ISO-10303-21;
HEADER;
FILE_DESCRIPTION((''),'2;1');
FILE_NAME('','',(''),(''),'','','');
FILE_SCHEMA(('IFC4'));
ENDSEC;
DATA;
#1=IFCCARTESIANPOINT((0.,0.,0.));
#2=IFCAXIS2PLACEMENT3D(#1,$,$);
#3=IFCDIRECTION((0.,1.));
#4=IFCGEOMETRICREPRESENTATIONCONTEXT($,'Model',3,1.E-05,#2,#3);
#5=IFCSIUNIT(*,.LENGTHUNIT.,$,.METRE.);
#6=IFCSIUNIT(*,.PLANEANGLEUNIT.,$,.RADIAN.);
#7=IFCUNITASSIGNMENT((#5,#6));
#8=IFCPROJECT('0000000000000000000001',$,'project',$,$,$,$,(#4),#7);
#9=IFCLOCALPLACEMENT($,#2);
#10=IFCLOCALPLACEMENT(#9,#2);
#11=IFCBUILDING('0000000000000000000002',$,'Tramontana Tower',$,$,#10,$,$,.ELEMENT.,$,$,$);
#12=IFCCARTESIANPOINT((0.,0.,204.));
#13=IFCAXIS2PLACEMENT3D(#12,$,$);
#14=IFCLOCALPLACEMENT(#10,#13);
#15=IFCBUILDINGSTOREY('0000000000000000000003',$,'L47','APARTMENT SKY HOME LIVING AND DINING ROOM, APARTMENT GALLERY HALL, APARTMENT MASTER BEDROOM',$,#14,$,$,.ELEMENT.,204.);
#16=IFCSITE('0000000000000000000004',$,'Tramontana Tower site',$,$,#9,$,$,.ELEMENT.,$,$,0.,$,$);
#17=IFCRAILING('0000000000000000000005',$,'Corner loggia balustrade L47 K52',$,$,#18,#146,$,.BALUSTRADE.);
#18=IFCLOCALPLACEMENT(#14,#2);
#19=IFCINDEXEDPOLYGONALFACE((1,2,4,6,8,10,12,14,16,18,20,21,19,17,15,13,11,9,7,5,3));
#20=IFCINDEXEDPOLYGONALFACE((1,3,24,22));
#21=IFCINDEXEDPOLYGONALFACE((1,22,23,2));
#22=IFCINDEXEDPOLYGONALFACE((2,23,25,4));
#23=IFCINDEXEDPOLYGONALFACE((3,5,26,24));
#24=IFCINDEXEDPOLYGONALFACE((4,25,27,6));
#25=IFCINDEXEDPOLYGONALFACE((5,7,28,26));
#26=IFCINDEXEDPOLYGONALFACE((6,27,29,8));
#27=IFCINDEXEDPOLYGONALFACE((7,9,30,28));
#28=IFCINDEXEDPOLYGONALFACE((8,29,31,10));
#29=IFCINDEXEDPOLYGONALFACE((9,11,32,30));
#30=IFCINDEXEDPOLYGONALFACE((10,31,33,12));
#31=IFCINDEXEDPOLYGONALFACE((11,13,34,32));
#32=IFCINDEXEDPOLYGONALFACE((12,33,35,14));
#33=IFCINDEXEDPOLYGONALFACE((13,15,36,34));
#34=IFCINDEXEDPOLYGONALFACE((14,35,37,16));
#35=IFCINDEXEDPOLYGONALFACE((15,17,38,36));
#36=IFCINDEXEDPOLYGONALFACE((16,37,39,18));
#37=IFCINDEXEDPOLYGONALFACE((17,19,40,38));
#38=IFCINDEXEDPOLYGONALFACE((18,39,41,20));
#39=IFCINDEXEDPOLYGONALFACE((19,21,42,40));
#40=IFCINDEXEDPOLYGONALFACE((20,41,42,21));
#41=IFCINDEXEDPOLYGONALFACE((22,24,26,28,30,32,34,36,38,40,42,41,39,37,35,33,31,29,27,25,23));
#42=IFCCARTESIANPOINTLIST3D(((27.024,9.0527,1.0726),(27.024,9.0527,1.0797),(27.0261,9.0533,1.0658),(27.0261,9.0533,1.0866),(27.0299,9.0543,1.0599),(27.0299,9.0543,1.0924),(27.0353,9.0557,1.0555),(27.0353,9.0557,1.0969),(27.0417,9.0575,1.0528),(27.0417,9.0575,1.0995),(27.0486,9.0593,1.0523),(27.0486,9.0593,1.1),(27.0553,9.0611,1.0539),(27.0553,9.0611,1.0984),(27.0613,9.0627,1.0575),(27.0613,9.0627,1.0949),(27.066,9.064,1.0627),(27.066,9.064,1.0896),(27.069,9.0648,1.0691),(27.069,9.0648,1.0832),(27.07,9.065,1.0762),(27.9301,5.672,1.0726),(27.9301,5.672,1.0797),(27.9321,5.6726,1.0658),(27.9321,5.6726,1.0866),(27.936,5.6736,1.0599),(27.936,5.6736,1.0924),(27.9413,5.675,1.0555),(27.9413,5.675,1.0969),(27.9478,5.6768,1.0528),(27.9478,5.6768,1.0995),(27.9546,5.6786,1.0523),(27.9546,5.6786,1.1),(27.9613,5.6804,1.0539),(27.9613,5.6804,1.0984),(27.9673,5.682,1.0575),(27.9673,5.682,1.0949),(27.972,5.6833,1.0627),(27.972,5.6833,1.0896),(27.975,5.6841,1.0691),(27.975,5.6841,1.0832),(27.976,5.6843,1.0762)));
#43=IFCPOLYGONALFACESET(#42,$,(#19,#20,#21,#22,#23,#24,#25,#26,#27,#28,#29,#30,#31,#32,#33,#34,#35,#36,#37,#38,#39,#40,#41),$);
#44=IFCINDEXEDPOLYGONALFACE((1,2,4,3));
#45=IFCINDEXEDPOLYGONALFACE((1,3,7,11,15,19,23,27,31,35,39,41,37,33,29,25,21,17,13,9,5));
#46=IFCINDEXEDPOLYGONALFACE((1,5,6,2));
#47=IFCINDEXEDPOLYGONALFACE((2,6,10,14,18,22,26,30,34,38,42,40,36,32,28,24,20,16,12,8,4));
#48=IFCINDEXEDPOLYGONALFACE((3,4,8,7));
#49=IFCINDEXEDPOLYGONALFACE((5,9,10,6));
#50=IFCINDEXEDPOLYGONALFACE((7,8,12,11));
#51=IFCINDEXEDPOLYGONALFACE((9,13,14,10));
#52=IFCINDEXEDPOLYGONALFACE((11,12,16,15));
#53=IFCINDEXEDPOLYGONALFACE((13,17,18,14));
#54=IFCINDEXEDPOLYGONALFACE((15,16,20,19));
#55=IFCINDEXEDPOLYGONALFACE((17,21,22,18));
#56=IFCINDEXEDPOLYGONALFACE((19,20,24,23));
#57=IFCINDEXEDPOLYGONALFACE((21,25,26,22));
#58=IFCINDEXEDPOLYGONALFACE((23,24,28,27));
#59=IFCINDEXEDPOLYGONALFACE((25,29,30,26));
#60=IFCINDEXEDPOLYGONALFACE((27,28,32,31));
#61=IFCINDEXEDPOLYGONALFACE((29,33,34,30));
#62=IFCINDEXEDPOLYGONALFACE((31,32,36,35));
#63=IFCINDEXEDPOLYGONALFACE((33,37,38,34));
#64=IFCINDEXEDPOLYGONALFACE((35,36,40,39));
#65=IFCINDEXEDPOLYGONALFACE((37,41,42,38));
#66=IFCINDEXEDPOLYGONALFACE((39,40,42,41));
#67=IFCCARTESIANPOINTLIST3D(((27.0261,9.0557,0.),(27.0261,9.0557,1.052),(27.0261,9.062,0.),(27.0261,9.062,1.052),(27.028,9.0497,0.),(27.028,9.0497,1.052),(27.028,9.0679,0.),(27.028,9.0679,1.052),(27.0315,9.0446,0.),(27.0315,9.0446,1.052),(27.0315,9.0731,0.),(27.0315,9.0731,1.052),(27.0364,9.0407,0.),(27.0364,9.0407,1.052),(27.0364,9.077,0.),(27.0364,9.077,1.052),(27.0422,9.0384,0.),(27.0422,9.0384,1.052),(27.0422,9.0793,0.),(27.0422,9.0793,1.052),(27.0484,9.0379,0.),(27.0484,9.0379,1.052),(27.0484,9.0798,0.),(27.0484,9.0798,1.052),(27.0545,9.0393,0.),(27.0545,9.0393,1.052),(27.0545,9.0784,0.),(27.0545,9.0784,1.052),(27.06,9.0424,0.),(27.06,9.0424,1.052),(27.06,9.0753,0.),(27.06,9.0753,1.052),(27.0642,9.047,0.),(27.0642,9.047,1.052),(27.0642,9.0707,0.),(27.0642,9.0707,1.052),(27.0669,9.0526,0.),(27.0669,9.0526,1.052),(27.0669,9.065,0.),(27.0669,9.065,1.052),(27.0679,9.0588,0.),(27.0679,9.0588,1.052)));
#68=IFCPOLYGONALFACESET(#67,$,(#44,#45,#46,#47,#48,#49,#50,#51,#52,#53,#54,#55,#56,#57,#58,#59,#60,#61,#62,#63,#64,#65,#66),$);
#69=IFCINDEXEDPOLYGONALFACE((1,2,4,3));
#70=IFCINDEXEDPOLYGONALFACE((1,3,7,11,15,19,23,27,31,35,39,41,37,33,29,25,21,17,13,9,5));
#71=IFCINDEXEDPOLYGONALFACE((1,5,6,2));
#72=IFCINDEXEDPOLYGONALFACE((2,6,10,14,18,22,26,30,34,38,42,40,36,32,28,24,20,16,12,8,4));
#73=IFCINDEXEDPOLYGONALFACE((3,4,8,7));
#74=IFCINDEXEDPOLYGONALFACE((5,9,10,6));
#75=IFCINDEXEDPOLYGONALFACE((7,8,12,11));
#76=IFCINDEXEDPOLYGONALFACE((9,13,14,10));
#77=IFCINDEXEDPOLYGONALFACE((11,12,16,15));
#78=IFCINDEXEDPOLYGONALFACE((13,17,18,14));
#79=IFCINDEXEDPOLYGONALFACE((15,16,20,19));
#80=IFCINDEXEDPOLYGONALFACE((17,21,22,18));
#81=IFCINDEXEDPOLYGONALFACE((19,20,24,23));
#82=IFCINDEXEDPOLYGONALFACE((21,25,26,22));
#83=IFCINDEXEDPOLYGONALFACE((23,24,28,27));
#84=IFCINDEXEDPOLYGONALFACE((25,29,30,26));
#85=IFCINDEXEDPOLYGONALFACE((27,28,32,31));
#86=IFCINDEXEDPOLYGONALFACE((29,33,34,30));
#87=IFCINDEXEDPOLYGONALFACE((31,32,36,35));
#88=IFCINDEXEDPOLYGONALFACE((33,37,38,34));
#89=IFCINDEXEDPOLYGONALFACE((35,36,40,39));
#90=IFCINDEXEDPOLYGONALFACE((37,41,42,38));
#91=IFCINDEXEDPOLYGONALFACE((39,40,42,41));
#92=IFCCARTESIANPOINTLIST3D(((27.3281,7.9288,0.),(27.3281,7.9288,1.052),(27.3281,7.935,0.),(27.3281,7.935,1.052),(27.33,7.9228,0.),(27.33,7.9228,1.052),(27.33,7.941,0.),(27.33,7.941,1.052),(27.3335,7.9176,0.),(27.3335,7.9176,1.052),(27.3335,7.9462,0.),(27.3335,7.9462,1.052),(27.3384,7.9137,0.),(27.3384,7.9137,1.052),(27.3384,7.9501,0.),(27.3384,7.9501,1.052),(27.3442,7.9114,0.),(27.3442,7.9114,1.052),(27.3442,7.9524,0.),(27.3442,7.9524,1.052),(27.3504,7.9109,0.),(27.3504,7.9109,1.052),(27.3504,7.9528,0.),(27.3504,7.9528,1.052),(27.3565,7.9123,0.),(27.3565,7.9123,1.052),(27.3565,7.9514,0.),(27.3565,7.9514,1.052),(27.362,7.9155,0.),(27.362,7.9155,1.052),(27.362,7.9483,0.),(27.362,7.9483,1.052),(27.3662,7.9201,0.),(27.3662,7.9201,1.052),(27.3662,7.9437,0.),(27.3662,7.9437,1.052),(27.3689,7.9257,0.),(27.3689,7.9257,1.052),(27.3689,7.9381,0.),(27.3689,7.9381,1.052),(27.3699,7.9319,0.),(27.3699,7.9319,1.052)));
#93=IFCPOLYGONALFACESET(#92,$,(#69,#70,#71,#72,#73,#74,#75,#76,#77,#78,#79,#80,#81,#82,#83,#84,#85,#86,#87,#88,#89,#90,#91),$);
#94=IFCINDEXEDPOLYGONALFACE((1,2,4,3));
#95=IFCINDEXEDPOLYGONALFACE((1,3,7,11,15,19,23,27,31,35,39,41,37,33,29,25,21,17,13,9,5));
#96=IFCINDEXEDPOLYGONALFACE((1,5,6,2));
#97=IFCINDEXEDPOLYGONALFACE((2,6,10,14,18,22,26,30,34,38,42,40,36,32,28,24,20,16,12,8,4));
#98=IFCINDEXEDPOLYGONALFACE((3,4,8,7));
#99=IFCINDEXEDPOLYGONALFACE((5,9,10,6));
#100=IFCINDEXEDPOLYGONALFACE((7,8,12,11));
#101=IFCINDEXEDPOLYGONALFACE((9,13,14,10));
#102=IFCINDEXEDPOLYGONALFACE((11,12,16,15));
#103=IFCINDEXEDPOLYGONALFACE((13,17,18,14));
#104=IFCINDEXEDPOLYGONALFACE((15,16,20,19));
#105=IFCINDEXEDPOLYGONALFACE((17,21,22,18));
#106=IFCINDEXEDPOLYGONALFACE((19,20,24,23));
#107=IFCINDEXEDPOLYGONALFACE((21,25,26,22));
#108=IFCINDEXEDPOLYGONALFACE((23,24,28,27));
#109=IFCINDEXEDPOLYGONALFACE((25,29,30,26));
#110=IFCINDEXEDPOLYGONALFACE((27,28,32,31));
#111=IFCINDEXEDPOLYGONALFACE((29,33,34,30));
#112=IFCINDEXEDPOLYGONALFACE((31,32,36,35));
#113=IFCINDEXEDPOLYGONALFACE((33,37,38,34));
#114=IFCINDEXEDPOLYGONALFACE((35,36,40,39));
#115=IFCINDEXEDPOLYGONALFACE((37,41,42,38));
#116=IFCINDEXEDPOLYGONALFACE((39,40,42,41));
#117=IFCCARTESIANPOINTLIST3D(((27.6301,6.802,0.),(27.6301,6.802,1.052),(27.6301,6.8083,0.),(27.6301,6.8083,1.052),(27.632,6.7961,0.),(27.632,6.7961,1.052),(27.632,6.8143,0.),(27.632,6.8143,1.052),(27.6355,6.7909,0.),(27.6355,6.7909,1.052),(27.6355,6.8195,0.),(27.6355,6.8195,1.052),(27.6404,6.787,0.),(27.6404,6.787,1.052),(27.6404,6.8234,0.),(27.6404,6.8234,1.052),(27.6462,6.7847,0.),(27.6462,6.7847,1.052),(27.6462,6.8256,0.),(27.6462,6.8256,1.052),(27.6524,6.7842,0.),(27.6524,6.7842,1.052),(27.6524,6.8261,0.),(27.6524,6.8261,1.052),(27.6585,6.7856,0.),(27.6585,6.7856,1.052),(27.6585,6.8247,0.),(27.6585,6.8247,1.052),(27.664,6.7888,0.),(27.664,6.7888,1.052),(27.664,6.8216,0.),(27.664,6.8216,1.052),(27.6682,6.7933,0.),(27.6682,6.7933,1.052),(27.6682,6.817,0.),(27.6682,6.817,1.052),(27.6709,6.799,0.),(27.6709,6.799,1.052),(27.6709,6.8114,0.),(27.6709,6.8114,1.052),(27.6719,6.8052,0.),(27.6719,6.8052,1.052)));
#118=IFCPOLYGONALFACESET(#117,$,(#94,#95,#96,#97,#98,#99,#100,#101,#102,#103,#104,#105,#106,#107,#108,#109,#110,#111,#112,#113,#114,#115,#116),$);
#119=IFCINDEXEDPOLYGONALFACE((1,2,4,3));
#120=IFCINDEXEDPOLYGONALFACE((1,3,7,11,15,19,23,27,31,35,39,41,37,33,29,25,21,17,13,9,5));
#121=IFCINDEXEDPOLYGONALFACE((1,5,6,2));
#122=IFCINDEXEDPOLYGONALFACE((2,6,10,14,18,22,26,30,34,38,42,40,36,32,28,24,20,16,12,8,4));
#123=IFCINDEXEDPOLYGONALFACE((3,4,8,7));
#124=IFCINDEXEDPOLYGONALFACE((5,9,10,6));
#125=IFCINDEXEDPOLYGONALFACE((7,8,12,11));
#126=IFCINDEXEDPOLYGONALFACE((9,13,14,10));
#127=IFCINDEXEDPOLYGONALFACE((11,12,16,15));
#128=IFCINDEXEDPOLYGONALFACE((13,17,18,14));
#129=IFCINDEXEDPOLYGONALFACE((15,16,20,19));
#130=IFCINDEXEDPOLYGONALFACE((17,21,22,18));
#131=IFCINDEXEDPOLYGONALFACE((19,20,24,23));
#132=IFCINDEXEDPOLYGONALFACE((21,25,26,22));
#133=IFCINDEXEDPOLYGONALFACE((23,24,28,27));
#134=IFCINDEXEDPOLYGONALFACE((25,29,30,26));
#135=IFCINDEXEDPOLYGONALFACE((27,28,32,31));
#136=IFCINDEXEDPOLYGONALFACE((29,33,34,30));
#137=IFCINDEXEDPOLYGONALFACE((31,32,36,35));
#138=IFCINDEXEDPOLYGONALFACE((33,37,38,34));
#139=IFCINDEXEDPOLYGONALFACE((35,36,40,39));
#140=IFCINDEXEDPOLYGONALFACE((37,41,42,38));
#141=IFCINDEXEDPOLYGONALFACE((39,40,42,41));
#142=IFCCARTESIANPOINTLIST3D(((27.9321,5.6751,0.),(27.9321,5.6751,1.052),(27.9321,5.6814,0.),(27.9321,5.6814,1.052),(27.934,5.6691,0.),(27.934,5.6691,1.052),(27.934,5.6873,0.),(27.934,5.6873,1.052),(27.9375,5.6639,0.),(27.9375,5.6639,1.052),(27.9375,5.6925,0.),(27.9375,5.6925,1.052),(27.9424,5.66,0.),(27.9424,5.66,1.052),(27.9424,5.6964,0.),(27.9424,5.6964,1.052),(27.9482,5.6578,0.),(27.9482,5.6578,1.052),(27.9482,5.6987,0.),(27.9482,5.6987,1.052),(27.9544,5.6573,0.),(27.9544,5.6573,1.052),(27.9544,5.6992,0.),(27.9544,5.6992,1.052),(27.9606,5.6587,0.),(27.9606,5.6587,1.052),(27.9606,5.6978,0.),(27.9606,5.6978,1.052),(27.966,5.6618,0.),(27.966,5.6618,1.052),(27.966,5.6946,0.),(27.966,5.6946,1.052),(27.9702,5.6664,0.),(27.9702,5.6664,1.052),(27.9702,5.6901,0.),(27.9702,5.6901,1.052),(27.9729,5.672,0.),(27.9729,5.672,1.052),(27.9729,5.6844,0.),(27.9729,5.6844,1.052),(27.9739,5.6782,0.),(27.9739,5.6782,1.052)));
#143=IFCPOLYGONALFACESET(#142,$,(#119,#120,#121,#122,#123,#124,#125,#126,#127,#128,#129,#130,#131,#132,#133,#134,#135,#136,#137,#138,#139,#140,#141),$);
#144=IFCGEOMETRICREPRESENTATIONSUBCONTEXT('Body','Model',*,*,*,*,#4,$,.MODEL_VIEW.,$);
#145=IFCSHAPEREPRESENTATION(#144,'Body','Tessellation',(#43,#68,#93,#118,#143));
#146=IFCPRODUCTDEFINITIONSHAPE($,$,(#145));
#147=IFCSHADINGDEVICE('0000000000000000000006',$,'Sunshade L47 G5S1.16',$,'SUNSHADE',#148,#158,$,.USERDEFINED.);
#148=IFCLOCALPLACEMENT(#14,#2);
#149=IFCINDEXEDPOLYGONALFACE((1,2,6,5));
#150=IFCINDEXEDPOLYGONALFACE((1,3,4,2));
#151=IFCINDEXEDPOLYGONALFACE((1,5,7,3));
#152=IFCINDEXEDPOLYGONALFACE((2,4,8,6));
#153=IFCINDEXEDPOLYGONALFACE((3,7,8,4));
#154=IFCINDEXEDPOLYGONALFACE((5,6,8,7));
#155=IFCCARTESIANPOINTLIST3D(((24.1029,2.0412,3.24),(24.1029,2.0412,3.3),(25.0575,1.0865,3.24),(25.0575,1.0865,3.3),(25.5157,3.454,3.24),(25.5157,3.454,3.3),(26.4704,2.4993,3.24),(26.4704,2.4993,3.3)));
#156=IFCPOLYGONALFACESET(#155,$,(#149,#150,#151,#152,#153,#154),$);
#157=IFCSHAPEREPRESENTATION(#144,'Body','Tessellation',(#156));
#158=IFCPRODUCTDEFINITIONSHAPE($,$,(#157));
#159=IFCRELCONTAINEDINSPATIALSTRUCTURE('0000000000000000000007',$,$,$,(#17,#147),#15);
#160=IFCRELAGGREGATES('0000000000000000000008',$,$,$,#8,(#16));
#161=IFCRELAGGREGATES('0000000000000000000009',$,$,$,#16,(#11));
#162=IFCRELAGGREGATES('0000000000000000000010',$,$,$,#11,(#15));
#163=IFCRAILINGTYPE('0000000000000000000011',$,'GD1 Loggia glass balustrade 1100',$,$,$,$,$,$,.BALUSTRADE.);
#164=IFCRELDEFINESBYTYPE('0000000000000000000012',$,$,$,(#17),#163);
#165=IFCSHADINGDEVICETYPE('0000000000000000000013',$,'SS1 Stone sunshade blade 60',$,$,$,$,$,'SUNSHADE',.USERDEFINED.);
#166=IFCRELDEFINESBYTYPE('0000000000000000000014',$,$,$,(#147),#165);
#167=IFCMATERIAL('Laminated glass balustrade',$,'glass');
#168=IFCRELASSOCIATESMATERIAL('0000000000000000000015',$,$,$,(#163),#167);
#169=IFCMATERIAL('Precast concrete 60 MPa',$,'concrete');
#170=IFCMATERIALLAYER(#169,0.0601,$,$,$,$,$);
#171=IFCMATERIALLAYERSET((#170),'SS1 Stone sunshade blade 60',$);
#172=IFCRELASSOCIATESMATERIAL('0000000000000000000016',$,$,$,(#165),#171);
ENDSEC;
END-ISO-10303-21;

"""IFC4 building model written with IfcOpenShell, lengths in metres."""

from ifc_helpers import new_model, si_unit, direction, frame, origin, origin_2d, place, context, subcontext, project, spatial, rectangle, circle, extrude, material, layer, layer_set, type_object, element, save


model = new_model("IFC4")

# Units and contexts
model_context = context("Model", 3, precision=1e-05, world=origin(), true_north=direction((0.0, 1.0)))
body_context = subcontext(model_context, "Body", "Model", "MODEL_VIEW")
ifc_project = project(units=[si_unit("LENGTHUNIT", "METRE"), si_unit("PLANEANGLEUNIT", "RADIAN")], contexts=[model_context])

# Site, building, storey
site_placement = place(None, origin())
site = spatial("IfcSite", under=ifc_project, at=site_placement, Name="Tramontana Tower site", CompositionType="ELEMENT", RefElevation=0.0)
building_placement = place(site_placement, origin())
building = spatial("IfcBuilding", under=site, at=building_placement, Name="Tramontana Tower", CompositionType="ELEMENT")
storey_placement = place(building_placement, frame((0.0, 0.0, 204.0)))
storey = spatial("IfcBuildingStorey", under=building, at=storey_placement, Name="L47", Description="APARTMENT SKY HOME LIVING AND DINING ROOM, APARTMENT GALLERY HALL, APARTMENT MASTER BEDROOM", CompositionType="ELEMENT", Elevation=204.0)

# Railing
ifc_material_1 = material(Name="Laminated glass balustrade", Category="glass")
railing_type = type_object("IfcRailingType", Name="GD1 Loggia glass balustrade 1100", PredefinedType="BALUSTRADE", material=ifc_material_1)
railing_1_placement = place(storey_placement, frame((27.0469, 9.0588, 0.0)))
element("IfcRailing", 1, at=railing_1_placement, inside=storey, type_object=railing_type, Name="Corner loggia balustrade L47 K52", PredefinedType="BALUSTRADE", context=body_context, shape_type="SweptSolid", body=[
    extrude(circle(Radius=0.0239, at=origin_2d()), frame((0.0, 0.0, 1.0762), z_axis=(0.258865, -0.965913, 0.0), x_axis=(0.965913, 0.258865, 0.0)), (0.0, 0.0, 1.0), 3.5),
    extrude(circle(Radius=0.021, at=origin_2d()), origin(), (0.0, 0.0, 1.0), 1.052),
    extrude(circle(Radius=0.021, at=origin_2d()), frame((0.302, -1.127, 0.0)), (0.0, 0.0, 1.0), 1.052),
    extrude(circle(Radius=0.021, at=origin_2d()), frame((0.604, -2.2537, 0.0)), (0.0, 0.0, 1.0), 1.052),
    extrude(circle(Radius=0.021, at=origin_2d()), frame((0.906, -3.3806, 0.0)), (0.0, 0.0, 1.0), 1.052),
])

# Shading device
ifc_material_2 = material(Name="Precast concrete 60 MPa", Category="concrete")
ifc_layer_1 = layer(ifc_material_2, 0.0601)
ifc_layer_set_1 = layer_set([ifc_layer_1], Name="SS1 Stone sunshade blade 60")
shading_device_type = type_object("IfcShadingDeviceType", Name="SS1 Stone sunshade blade 60", ElementType="SUNSHADE", PredefinedType="USERDEFINED", material=ifc_layer_set_1)
shading_device_placement = place(storey_placement, frame((25.2866, 2.2703, 3.24), z_axis=(0.0, 0.0, 1.0), x_axis=(0.707107, 0.707107, 0.0)))
element("IfcShadingDevice", 2, at=shading_device_placement, inside=storey, type_object=shading_device_type, Name="Sunshade L47 G5S1.16", ObjectType="SUNSHADE", PredefinedType="USERDEFINED", context=body_context, shape_type="SweptSolid", body=[
    extrude(rectangle(XDim=1.998, YDim=1.3501, at=origin_2d()), origin(), (0.0, 0.0, 1.0), 0.0601),
])

save(model, "model.ifc")
